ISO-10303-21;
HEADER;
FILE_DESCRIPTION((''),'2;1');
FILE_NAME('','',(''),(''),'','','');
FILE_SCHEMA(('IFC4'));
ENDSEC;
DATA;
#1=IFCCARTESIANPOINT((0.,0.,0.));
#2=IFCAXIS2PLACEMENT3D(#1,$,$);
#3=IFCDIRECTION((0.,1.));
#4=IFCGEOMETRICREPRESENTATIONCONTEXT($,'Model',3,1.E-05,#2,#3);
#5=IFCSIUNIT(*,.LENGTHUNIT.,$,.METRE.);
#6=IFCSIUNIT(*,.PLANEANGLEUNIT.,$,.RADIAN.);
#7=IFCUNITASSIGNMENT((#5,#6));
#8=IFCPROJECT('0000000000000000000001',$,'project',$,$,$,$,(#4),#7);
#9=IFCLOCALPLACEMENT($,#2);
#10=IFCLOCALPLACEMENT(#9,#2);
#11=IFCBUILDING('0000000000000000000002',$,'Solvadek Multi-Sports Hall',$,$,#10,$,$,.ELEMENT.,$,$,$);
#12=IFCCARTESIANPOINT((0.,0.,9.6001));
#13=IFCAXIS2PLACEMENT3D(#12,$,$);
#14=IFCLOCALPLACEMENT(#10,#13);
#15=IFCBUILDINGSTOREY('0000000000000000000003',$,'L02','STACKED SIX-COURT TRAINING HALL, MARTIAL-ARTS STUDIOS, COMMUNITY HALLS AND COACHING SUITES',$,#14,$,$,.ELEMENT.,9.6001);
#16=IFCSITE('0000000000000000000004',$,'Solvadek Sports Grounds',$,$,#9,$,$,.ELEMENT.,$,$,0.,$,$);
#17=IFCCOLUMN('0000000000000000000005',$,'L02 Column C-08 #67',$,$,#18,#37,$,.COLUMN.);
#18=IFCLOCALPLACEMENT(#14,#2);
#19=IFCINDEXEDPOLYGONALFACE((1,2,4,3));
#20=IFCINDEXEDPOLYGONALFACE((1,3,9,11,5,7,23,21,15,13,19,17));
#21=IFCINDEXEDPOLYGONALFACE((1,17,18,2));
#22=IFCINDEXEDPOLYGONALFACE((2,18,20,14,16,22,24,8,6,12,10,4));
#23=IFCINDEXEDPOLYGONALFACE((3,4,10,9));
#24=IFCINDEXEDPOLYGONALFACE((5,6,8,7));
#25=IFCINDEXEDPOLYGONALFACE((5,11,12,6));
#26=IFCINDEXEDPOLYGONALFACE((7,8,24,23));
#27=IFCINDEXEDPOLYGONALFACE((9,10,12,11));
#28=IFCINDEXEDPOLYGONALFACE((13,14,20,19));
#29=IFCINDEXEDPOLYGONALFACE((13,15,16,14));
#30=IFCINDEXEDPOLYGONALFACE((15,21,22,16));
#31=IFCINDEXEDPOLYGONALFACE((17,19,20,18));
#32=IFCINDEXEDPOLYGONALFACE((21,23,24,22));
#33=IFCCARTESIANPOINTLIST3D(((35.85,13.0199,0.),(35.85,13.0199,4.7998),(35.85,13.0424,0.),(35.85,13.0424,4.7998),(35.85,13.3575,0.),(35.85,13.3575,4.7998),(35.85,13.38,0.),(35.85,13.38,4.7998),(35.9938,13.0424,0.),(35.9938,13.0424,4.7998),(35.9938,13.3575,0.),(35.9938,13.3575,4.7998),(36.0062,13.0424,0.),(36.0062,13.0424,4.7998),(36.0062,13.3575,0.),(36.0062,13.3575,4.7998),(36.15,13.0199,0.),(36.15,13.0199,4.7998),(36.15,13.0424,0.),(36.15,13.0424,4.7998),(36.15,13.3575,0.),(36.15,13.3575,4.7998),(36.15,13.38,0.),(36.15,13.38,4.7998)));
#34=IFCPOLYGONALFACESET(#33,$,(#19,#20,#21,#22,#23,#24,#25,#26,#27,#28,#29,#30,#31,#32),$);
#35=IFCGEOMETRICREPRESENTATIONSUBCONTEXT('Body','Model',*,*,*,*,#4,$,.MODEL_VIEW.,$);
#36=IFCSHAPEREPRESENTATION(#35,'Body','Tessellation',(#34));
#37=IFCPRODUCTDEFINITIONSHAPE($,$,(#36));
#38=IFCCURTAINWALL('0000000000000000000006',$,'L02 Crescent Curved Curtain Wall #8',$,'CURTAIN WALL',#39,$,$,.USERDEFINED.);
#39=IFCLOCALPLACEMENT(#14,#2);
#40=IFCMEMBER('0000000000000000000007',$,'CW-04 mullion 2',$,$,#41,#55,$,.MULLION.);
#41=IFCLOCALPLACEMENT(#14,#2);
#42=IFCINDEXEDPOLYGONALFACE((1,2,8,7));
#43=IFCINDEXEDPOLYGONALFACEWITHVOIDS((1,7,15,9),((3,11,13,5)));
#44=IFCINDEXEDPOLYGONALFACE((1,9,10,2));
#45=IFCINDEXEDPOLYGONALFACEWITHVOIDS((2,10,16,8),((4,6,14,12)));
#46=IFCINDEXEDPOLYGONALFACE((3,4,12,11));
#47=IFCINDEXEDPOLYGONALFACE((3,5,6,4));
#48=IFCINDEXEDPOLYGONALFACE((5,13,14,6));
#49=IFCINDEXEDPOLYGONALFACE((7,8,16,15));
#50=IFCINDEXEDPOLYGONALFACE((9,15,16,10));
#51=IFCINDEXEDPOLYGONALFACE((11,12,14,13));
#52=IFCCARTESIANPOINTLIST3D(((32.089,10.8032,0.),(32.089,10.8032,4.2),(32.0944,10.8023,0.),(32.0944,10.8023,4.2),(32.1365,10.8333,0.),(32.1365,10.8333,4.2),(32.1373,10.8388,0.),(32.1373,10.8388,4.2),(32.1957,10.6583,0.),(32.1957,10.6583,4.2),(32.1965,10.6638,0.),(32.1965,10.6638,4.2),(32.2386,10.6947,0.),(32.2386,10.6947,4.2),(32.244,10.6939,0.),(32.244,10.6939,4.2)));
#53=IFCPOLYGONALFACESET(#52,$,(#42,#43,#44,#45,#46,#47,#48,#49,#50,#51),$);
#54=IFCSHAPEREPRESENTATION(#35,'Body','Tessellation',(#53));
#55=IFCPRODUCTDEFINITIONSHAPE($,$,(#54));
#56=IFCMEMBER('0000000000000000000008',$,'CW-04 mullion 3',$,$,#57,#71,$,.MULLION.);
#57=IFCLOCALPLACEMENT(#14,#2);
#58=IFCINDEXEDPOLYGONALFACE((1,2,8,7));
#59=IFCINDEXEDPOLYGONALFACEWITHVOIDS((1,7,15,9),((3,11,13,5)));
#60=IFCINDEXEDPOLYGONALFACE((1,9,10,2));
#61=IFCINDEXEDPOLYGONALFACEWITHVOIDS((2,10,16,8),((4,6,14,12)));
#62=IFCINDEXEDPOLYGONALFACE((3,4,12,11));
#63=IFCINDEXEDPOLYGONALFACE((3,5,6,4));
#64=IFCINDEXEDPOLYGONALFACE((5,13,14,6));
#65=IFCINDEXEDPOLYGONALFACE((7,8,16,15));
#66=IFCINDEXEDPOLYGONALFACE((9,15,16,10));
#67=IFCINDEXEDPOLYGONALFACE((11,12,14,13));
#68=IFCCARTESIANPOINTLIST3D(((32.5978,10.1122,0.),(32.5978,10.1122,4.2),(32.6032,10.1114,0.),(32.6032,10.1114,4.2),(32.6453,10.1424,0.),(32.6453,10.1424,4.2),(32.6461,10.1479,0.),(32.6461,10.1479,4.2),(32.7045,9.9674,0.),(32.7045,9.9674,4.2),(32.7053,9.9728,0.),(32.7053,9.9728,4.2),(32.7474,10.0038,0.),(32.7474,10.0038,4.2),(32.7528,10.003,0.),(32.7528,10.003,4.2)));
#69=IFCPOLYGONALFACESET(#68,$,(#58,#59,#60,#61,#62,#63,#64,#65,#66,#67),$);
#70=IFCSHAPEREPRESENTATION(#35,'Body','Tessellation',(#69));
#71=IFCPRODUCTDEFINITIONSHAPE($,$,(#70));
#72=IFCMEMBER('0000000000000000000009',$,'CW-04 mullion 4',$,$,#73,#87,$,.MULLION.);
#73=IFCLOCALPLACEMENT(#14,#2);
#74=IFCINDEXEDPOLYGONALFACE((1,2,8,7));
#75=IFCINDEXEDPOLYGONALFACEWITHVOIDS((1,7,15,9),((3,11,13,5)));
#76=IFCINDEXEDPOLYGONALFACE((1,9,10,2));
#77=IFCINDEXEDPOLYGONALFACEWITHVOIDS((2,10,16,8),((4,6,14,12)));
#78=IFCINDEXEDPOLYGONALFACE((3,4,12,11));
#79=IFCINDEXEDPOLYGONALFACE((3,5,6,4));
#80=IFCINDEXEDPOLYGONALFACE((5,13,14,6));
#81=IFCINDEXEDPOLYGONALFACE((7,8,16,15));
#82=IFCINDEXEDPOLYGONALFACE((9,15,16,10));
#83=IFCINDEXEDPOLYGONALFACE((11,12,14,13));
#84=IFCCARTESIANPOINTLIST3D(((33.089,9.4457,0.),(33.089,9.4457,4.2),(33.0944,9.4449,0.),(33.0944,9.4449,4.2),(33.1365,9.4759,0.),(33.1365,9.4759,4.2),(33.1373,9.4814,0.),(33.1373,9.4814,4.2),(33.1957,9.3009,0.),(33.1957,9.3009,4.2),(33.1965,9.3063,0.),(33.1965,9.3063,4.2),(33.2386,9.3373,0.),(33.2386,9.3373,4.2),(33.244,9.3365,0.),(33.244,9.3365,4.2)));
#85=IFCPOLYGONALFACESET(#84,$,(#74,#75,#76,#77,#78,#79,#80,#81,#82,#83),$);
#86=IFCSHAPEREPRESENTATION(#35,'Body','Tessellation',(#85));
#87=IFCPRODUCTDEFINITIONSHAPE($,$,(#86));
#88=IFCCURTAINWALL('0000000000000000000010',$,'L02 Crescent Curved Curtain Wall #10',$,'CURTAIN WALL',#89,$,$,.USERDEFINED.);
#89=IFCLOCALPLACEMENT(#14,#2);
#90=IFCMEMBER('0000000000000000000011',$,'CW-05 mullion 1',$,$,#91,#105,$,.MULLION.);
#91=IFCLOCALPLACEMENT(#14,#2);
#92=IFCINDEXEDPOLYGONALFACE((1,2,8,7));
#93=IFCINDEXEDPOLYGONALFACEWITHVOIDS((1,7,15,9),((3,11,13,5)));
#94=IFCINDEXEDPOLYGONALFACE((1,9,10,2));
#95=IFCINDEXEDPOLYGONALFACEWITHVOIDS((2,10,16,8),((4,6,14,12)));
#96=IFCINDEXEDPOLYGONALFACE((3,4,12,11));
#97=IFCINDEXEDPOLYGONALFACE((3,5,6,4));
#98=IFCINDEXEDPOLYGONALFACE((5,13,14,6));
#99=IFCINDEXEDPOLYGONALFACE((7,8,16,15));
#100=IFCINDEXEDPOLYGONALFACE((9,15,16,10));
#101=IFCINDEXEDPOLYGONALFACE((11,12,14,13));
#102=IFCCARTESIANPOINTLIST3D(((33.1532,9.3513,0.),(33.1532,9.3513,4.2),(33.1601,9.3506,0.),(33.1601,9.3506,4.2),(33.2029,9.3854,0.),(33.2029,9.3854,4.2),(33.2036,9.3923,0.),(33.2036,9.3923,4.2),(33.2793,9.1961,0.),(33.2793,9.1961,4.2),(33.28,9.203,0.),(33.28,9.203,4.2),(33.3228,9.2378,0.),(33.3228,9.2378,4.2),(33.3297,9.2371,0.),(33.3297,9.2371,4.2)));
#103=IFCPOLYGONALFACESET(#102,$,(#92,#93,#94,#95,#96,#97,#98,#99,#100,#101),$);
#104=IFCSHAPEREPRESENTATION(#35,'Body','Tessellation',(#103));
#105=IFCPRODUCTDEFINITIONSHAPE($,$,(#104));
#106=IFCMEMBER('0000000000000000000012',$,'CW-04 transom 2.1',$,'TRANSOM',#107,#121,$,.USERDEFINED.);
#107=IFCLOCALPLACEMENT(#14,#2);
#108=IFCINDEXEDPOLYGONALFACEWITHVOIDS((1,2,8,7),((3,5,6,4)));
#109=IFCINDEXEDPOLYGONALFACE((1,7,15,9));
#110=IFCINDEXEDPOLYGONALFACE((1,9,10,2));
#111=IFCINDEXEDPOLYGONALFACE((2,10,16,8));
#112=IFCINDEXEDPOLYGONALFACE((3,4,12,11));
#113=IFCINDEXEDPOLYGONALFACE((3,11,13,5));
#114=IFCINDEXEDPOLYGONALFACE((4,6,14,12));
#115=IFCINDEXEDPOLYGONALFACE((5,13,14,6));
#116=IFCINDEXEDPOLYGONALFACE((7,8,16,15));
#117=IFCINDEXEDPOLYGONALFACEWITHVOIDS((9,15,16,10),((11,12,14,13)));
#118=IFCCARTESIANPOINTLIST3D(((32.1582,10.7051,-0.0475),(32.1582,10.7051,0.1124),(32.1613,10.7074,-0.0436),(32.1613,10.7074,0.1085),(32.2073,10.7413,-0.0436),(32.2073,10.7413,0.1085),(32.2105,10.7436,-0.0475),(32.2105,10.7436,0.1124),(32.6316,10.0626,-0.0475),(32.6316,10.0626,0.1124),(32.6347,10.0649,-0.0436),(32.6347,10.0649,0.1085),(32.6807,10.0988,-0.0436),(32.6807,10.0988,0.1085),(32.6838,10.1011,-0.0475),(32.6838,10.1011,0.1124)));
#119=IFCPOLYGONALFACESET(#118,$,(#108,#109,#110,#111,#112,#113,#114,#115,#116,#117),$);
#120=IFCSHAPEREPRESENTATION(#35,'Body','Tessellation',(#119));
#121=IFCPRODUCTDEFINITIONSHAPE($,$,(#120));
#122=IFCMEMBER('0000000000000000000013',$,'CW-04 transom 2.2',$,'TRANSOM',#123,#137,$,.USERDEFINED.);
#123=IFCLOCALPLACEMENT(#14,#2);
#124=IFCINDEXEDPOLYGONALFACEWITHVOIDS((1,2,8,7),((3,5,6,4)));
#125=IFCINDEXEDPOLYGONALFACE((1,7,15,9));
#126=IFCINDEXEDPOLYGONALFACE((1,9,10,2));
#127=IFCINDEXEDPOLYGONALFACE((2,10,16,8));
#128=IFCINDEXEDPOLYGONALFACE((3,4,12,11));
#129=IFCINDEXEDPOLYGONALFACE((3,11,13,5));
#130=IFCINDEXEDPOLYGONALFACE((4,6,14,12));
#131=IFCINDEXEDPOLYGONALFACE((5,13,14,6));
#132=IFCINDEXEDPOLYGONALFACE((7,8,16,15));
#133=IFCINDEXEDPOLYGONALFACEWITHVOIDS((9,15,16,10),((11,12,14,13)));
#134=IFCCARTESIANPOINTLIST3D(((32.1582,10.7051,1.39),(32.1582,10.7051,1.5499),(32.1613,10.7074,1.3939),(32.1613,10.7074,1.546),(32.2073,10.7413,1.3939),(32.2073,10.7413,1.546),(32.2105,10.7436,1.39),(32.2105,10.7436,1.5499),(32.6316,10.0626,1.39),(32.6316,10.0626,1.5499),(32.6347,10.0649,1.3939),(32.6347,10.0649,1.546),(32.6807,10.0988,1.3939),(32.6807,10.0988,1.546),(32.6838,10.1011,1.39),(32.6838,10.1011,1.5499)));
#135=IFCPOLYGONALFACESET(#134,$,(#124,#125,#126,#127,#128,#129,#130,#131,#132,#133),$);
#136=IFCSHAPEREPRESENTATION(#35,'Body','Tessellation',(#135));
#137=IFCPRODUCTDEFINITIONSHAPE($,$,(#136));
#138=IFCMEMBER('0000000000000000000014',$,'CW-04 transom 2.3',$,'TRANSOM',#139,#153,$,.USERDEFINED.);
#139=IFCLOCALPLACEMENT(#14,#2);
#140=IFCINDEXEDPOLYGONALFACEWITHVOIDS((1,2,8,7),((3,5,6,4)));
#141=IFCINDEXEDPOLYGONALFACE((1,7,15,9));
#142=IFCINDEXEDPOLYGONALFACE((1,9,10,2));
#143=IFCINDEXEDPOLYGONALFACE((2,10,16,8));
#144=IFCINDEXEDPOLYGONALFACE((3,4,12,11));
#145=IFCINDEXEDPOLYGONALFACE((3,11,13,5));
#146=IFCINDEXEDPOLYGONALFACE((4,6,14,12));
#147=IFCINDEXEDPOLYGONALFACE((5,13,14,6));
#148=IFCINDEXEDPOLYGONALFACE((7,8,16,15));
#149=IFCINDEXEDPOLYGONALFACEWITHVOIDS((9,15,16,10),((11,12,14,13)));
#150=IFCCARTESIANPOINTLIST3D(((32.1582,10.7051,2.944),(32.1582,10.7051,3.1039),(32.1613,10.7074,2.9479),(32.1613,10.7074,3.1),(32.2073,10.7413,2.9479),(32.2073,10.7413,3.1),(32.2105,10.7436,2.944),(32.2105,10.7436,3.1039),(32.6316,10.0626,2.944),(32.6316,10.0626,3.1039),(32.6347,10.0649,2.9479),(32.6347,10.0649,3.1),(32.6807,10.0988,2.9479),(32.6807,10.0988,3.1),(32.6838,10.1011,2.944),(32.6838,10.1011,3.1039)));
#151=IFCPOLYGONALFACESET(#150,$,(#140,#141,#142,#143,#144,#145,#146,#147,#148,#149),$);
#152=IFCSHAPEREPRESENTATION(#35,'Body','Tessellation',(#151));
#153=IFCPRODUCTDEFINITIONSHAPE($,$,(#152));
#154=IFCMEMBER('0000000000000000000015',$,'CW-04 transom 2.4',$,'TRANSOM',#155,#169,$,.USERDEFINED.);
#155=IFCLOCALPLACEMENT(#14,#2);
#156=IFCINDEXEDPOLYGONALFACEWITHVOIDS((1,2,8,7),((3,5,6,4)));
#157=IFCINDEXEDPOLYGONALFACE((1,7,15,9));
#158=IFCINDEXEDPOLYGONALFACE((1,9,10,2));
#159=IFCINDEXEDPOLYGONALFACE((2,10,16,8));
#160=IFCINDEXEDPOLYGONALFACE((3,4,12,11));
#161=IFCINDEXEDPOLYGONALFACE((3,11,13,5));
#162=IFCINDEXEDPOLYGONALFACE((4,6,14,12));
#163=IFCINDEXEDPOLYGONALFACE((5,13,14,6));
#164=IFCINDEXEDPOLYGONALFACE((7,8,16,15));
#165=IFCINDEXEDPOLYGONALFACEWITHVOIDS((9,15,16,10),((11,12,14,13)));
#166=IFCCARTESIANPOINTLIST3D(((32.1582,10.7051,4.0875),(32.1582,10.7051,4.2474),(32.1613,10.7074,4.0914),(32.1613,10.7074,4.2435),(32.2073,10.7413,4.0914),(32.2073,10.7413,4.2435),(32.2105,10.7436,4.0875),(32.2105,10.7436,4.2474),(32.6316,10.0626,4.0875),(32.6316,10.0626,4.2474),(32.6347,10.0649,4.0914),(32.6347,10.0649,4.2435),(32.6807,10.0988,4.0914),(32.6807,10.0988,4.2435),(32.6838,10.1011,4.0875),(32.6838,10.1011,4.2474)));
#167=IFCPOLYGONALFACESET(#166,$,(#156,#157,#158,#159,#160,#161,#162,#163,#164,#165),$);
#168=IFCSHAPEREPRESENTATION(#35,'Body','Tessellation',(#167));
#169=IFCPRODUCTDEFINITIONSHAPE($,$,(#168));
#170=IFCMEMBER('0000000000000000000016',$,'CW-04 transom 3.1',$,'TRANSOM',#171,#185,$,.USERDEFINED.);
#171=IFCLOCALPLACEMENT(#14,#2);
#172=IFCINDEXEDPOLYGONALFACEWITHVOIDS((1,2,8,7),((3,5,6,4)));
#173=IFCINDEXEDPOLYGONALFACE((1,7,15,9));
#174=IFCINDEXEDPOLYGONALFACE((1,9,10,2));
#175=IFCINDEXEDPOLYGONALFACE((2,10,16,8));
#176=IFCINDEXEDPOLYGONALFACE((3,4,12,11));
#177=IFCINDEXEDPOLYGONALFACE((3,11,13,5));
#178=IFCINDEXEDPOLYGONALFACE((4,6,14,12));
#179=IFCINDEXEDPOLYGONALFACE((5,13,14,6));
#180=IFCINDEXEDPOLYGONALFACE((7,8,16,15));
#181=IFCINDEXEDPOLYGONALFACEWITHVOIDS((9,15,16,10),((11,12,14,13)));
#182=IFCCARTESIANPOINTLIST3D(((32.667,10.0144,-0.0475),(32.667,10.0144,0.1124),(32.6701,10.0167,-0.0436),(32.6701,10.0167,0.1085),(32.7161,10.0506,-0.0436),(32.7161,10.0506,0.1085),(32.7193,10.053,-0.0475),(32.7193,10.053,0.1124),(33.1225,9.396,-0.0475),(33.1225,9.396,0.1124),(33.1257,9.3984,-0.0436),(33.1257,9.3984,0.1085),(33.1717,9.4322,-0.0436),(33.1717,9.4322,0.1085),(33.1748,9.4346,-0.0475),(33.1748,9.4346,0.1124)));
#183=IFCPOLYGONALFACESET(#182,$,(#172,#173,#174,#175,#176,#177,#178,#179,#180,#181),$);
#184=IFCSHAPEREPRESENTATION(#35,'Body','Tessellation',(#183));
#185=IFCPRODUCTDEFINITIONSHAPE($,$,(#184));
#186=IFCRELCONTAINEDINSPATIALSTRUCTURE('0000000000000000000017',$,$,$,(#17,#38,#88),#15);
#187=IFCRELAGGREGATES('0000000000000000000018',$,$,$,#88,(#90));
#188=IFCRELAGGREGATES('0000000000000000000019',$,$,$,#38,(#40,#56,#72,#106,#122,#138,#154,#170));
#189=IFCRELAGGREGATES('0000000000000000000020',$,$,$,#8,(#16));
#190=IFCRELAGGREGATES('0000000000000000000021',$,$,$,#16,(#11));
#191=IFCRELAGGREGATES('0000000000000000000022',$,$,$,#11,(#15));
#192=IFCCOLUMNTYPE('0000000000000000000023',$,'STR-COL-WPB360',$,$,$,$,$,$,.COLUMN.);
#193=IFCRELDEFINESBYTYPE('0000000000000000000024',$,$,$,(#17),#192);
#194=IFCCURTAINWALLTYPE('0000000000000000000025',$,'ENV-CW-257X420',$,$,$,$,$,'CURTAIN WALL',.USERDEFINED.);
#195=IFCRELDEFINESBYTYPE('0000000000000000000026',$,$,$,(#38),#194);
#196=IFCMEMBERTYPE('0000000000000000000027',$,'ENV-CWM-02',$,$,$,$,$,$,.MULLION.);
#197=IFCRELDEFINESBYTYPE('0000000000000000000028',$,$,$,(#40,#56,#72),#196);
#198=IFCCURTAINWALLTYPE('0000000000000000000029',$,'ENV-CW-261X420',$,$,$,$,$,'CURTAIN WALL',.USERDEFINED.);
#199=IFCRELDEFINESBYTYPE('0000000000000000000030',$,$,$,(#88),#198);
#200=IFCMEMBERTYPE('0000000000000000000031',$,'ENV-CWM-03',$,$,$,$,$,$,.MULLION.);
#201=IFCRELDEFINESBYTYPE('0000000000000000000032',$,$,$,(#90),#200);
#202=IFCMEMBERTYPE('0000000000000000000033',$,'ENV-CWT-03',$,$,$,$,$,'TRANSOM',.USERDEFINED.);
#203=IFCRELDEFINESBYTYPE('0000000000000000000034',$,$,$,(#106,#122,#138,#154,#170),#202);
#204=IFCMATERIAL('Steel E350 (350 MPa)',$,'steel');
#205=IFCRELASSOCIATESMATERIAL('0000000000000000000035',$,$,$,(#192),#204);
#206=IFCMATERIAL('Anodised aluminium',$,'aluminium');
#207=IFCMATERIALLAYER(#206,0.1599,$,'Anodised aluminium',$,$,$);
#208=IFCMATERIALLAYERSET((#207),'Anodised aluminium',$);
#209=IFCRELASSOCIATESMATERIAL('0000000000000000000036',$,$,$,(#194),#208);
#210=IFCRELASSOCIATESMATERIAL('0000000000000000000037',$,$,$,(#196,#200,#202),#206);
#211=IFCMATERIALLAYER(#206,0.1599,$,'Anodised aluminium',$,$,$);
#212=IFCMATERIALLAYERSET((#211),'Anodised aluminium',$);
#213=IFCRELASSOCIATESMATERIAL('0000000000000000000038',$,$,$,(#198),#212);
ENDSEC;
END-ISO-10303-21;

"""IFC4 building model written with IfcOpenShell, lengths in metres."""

from ifc_helpers import new_model, si_unit, direction, frame, origin, origin_2d, place, context, subcontext, project, spatial, hollow_rectangle, i_section, extrude, material, layer, layer_set, material_profile, profile_set, type_object, element, aggregate, save


model = new_model("IFC4")

# Units and contexts
model_context = context("Model", 3, precision=1e-05, world=origin(), true_north=direction((0.0, 1.0)))
body_context = subcontext(model_context, "Body", "Model", "MODEL_VIEW")
ifc_project = project(units=[si_unit("LENGTHUNIT", "METRE"), si_unit("PLANEANGLEUNIT", "RADIAN")], contexts=[model_context])

# Site, building, storey
site_placement = place(None, origin())
site = spatial("IfcSite", under=ifc_project, at=site_placement, Name="Solvadek Sports Grounds", CompositionType="ELEMENT", RefElevation=0.0)
building_placement = place(site_placement, origin())
building = spatial("IfcBuilding", under=site, at=building_placement, Name="Solvadek Multi-Sports Hall", CompositionType="ELEMENT")
storey_placement = place(building_placement, frame((0.0, 0.0, 9.6001)))
storey = spatial("IfcBuildingStorey", under=building, at=storey_placement, Name="L02", Description="STACKED SIX-COURT TRAINING HALL, MARTIAL-ARTS STUDIOS, COMMUNITY HALLS AND COACHING SUITES", CompositionType="ELEMENT", Elevation=9.6001)

# Column
ifc_material_1 = material(Name="Steel E350 (350 MPa)", Category="steel")
ifc_material_profile_1 = material_profile(ifc_material_1, i_section(OverallWidth=0.3, OverallDepth=0.3601, WebThickness=0.0125, FlangeThickness=0.0225, at=origin_2d()), Name="WPB 360")
ifc_profile_set_1 = profile_set([ifc_material_profile_1], Name="Steel E350 (350 MPa)")
column_type = type_object("IfcColumnType", Name="STR-COL-WPB360", PredefinedType="COLUMN", material=ifc_profile_set_1)
column_placement = place(storey_placement, frame((36.0, 13.2, 0.0), z_axis=(0.0, 0.0, 1.0), x_axis=(1.0, 0.0, 0.0)))
element("IfcColumn", 1, at=column_placement, inside=storey, type_object=column_type, Name="L02 Column C-08 #67", PredefinedType="COLUMN", context=body_context, shape_type="SweptSolid", body=[
    extrude(i_section(OverallWidth=0.3, OverallDepth=0.3601, WebThickness=0.0125, FlangeThickness=0.0225, at=origin_2d()), origin(), (0.0, 0.0, 1.0), 4.7998),
])

# Curtain wall, members
ifc_material_2 = material(Name="Anodised aluminium", Category="aluminium")
ifc_layer_1 = layer(ifc_material_2, 0.1599, Name="Anodised aluminium")
ifc_layer_set_1 = layer_set([ifc_layer_1], Name="Anodised aluminium")
curtain_wall_type_1 = type_object("IfcCurtainWallType", Name="ENV-CW-257X420", ElementType="CURTAIN WALL", PredefinedType="USERDEFINED", material=ifc_layer_set_1)
curtain_wall_1_placement = place(storey_placement, origin())
curtain_wall_1 = element("IfcCurtainWall", 2, at=curtain_wall_1_placement, inside=storey, type_object=curtain_wall_type_1, Name="L02 Crescent Curved Curtain Wall #8", ObjectType="CURTAIN WALL", PredefinedType="USERDEFINED")
ifc_material_profile_2 = material_profile(ifc_material_2, hollow_rectangle(XDim=0.0601, YDim=0.1799, WallThickness=0.0039, at=origin_2d()), Name="ALU-M 180x60x4")
ifc_profile_set_2 = profile_set([ifc_material_profile_2], Name="Anodised aluminium")
member_type_1 = type_object("IfcMemberType", Name="ENV-CWM-02", PredefinedType="MULLION", material=ifc_profile_set_2)
member_1_placement = place(storey_placement, frame((32.1665, 10.7485, 0.0), z_axis=(0.0, 0.0, 1.0), x_axis=(0.80509, 0.593153, 0.0)))
member_1 = element("IfcMember", 3, at=member_1_placement, type_object=member_type_1, Name="CW-04 mullion 2", PredefinedType="MULLION", context=body_context, shape_type="SweptSolid", body=[
    extrude(hollow_rectangle(XDim=0.0601, YDim=0.1799, WallThickness=0.0039, at=origin_2d()), origin(), (0.0, 0.0, 1.0), 4.2),
])
member_2_placement = place(storey_placement, frame((32.6753, 10.0576, 0.0), z_axis=(0.0, 0.0, 1.0), x_axis=(0.80509, 0.593153, 0.0)))
member_2 = element("IfcMember", 4, at=member_2_placement, type_object=member_type_1, Name="CW-04 mullion 3", PredefinedType="MULLION", context=body_context, shape_type="SweptSolid", body=[
    extrude(hollow_rectangle(XDim=0.0601, YDim=0.1799, WallThickness=0.0039, at=origin_2d()), origin(), (0.0, 0.0, 1.0), 4.2),
])
member_3_placement = place(storey_placement, frame((33.1665, 9.3911, 0.0), z_axis=(0.0, 0.0, 1.0), x_axis=(0.80509, 0.593153, 0.0)))
member_3 = element("IfcMember", 5, at=member_3_placement, type_object=member_type_1, Name="CW-04 mullion 4", PredefinedType="MULLION", context=body_context, shape_type="SweptSolid", body=[
    extrude(hollow_rectangle(XDim=0.0601, YDim=0.1799, WallThickness=0.0039, at=origin_2d()), origin(), (0.0, 0.0, 1.0), 4.2),
])

# Curtain wall, member
ifc_layer_2 = layer(ifc_material_2, 0.1599, Name="Anodised aluminium")
ifc_layer_set_2 = layer_set([ifc_layer_2], Name="Anodised aluminium")
curtain_wall_type_2 = type_object("IfcCurtainWallType", Name="ENV-CW-261X420", ElementType="CURTAIN WALL", PredefinedType="USERDEFINED", material=ifc_layer_set_2)
curtain_wall_2_placement = place(storey_placement, origin())
curtain_wall_2 = element("IfcCurtainWall", 6, at=curtain_wall_2_placement, inside=storey, type_object=curtain_wall_type_2, Name="L02 Crescent Curved Curtain Wall #10", ObjectType="CURTAIN WALL", PredefinedType="USERDEFINED")
ifc_material_profile_3 = material_profile(ifc_material_2, hollow_rectangle(XDim=0.0649, YDim=0.2, WallThickness=0.0049, at=origin_2d()), Name="ALU-M 200x65x5")
ifc_profile_set_3 = profile_set([ifc_material_profile_3], Name="Anodised aluminium")
member_type_2 = type_object("IfcMemberType", Name="ENV-CWM-03", PredefinedType="MULLION", material=ifc_profile_set_3)
member_4_placement = place(storey_placement, frame((33.2415, 9.2942, 0.0), z_axis=(0.0, 0.0, 1.0), x_axis=(0.776032, 0.630693, 0.0)))
member_4 = element("IfcMember", 7, at=member_4_placement, type_object=member_type_2, Name="CW-05 mullion 1", PredefinedType="MULLION", context=body_context, shape_type="SweptSolid", body=[
    extrude(hollow_rectangle(XDim=0.0649, YDim=0.2, WallThickness=0.0049, at=origin_2d()), origin(), (0.0, 0.0, 1.0), 4.2),
])

# Members
ifc_material_profile_4 = material_profile(ifc_material_2, hollow_rectangle(XDim=0.0649, YDim=0.1599, WallThickness=0.0039, at=origin_2d()), Name="ALU-T 160x65x4")
ifc_profile_set_4 = profile_set([ifc_material_profile_4], Name="Anodised aluminium")
member_type_3 = type_object("IfcMemberType", Name="ENV-CWT-03", ElementType="TRANSOM", PredefinedType="USERDEFINED", material=ifc_profile_set_4)
member_5_placement = place(storey_placement, frame((32.1843, 10.7244, 0.0325), z_axis=(0.593126, -0.80511, 0.0), x_axis=(0.80511, 0.593126, 0.0)))
member_5 = element("IfcMember", 8, at=member_5_placement, type_object=member_type_3, Name="CW-04 transom 2.1", ObjectType="TRANSOM", PredefinedType="USERDEFINED", context=body_context, shape_type="SweptSolid", body=[
    extrude(hollow_rectangle(XDim=0.0649, YDim=0.1599, WallThickness=0.0039, at=origin_2d()), origin(), (0.0, 0.0, 1.0), 0.7981),
])
member_6_placement = place(storey_placement, frame((32.1843, 10.7244, 1.47), z_axis=(0.593126, -0.80511, 0.0), x_axis=(0.80511, 0.593126, 0.0)))
member_6 = element("IfcMember", 9, at=member_6_placement, type_object=member_type_3, Name="CW-04 transom 2.2", ObjectType="TRANSOM", PredefinedType="USERDEFINED", context=body_context, shape_type="SweptSolid", body=[
    extrude(hollow_rectangle(XDim=0.0649, YDim=0.1599, WallThickness=0.0039, at=origin_2d()), origin(), (0.0, 0.0, 1.0), 0.7981),
])
member_7_placement = place(storey_placement, frame((32.1843, 10.7244, 3.0239), z_axis=(0.593126, -0.80511, 0.0), x_axis=(0.80511, 0.593126, 0.0)))
member_7 = element("IfcMember", 10, at=member_7_placement, type_object=member_type_3, Name="CW-04 transom 2.3", ObjectType="TRANSOM", PredefinedType="USERDEFINED", context=body_context, shape_type="SweptSolid", body=[
    extrude(hollow_rectangle(XDim=0.0649, YDim=0.1599, WallThickness=0.0039, at=origin_2d()), origin(), (0.0, 0.0, 1.0), 0.7981),
])
member_8_placement = place(storey_placement, frame((32.1843, 10.7244, 4.1675), z_axis=(0.593126, -0.80511, 0.0), x_axis=(0.80511, 0.593126, 0.0)))
member_8 = element("IfcMember", 11, at=member_8_placement, type_object=member_type_3, Name="CW-04 transom 2.4", ObjectType="TRANSOM", PredefinedType="USERDEFINED", context=body_context, shape_type="SweptSolid", body=[
    extrude(hollow_rectangle(XDim=0.0649, YDim=0.1599, WallThickness=0.0039, at=origin_2d()), origin(), (0.0, 0.0, 1.0), 0.7981),
])
member_9_placement = place(storey_placement, frame((32.6931, 10.0337, 0.0325), z_axis=(0.593112, -0.80512, 0.0), x_axis=(0.80512, 0.593112, 0.0)))
member_9 = element("IfcMember", 12, at=member_9_placement, type_object=member_type_3, Name="CW-04 transom 3.1", ObjectType="TRANSOM", PredefinedType="USERDEFINED", context=body_context, shape_type="SweptSolid", body=[
    extrude(hollow_rectangle(XDim=0.0649, YDim=0.1599, WallThickness=0.0039, at=origin_2d()), origin(), (0.0, 0.0, 1.0), 0.7681),
])
aggregate(curtain_wall_2, [member_4])

aggregate(curtain_wall_1, [member_1, member_2, member_3, member_5, member_6, member_7, member_8, member_9])

save(model, "model.ifc")
